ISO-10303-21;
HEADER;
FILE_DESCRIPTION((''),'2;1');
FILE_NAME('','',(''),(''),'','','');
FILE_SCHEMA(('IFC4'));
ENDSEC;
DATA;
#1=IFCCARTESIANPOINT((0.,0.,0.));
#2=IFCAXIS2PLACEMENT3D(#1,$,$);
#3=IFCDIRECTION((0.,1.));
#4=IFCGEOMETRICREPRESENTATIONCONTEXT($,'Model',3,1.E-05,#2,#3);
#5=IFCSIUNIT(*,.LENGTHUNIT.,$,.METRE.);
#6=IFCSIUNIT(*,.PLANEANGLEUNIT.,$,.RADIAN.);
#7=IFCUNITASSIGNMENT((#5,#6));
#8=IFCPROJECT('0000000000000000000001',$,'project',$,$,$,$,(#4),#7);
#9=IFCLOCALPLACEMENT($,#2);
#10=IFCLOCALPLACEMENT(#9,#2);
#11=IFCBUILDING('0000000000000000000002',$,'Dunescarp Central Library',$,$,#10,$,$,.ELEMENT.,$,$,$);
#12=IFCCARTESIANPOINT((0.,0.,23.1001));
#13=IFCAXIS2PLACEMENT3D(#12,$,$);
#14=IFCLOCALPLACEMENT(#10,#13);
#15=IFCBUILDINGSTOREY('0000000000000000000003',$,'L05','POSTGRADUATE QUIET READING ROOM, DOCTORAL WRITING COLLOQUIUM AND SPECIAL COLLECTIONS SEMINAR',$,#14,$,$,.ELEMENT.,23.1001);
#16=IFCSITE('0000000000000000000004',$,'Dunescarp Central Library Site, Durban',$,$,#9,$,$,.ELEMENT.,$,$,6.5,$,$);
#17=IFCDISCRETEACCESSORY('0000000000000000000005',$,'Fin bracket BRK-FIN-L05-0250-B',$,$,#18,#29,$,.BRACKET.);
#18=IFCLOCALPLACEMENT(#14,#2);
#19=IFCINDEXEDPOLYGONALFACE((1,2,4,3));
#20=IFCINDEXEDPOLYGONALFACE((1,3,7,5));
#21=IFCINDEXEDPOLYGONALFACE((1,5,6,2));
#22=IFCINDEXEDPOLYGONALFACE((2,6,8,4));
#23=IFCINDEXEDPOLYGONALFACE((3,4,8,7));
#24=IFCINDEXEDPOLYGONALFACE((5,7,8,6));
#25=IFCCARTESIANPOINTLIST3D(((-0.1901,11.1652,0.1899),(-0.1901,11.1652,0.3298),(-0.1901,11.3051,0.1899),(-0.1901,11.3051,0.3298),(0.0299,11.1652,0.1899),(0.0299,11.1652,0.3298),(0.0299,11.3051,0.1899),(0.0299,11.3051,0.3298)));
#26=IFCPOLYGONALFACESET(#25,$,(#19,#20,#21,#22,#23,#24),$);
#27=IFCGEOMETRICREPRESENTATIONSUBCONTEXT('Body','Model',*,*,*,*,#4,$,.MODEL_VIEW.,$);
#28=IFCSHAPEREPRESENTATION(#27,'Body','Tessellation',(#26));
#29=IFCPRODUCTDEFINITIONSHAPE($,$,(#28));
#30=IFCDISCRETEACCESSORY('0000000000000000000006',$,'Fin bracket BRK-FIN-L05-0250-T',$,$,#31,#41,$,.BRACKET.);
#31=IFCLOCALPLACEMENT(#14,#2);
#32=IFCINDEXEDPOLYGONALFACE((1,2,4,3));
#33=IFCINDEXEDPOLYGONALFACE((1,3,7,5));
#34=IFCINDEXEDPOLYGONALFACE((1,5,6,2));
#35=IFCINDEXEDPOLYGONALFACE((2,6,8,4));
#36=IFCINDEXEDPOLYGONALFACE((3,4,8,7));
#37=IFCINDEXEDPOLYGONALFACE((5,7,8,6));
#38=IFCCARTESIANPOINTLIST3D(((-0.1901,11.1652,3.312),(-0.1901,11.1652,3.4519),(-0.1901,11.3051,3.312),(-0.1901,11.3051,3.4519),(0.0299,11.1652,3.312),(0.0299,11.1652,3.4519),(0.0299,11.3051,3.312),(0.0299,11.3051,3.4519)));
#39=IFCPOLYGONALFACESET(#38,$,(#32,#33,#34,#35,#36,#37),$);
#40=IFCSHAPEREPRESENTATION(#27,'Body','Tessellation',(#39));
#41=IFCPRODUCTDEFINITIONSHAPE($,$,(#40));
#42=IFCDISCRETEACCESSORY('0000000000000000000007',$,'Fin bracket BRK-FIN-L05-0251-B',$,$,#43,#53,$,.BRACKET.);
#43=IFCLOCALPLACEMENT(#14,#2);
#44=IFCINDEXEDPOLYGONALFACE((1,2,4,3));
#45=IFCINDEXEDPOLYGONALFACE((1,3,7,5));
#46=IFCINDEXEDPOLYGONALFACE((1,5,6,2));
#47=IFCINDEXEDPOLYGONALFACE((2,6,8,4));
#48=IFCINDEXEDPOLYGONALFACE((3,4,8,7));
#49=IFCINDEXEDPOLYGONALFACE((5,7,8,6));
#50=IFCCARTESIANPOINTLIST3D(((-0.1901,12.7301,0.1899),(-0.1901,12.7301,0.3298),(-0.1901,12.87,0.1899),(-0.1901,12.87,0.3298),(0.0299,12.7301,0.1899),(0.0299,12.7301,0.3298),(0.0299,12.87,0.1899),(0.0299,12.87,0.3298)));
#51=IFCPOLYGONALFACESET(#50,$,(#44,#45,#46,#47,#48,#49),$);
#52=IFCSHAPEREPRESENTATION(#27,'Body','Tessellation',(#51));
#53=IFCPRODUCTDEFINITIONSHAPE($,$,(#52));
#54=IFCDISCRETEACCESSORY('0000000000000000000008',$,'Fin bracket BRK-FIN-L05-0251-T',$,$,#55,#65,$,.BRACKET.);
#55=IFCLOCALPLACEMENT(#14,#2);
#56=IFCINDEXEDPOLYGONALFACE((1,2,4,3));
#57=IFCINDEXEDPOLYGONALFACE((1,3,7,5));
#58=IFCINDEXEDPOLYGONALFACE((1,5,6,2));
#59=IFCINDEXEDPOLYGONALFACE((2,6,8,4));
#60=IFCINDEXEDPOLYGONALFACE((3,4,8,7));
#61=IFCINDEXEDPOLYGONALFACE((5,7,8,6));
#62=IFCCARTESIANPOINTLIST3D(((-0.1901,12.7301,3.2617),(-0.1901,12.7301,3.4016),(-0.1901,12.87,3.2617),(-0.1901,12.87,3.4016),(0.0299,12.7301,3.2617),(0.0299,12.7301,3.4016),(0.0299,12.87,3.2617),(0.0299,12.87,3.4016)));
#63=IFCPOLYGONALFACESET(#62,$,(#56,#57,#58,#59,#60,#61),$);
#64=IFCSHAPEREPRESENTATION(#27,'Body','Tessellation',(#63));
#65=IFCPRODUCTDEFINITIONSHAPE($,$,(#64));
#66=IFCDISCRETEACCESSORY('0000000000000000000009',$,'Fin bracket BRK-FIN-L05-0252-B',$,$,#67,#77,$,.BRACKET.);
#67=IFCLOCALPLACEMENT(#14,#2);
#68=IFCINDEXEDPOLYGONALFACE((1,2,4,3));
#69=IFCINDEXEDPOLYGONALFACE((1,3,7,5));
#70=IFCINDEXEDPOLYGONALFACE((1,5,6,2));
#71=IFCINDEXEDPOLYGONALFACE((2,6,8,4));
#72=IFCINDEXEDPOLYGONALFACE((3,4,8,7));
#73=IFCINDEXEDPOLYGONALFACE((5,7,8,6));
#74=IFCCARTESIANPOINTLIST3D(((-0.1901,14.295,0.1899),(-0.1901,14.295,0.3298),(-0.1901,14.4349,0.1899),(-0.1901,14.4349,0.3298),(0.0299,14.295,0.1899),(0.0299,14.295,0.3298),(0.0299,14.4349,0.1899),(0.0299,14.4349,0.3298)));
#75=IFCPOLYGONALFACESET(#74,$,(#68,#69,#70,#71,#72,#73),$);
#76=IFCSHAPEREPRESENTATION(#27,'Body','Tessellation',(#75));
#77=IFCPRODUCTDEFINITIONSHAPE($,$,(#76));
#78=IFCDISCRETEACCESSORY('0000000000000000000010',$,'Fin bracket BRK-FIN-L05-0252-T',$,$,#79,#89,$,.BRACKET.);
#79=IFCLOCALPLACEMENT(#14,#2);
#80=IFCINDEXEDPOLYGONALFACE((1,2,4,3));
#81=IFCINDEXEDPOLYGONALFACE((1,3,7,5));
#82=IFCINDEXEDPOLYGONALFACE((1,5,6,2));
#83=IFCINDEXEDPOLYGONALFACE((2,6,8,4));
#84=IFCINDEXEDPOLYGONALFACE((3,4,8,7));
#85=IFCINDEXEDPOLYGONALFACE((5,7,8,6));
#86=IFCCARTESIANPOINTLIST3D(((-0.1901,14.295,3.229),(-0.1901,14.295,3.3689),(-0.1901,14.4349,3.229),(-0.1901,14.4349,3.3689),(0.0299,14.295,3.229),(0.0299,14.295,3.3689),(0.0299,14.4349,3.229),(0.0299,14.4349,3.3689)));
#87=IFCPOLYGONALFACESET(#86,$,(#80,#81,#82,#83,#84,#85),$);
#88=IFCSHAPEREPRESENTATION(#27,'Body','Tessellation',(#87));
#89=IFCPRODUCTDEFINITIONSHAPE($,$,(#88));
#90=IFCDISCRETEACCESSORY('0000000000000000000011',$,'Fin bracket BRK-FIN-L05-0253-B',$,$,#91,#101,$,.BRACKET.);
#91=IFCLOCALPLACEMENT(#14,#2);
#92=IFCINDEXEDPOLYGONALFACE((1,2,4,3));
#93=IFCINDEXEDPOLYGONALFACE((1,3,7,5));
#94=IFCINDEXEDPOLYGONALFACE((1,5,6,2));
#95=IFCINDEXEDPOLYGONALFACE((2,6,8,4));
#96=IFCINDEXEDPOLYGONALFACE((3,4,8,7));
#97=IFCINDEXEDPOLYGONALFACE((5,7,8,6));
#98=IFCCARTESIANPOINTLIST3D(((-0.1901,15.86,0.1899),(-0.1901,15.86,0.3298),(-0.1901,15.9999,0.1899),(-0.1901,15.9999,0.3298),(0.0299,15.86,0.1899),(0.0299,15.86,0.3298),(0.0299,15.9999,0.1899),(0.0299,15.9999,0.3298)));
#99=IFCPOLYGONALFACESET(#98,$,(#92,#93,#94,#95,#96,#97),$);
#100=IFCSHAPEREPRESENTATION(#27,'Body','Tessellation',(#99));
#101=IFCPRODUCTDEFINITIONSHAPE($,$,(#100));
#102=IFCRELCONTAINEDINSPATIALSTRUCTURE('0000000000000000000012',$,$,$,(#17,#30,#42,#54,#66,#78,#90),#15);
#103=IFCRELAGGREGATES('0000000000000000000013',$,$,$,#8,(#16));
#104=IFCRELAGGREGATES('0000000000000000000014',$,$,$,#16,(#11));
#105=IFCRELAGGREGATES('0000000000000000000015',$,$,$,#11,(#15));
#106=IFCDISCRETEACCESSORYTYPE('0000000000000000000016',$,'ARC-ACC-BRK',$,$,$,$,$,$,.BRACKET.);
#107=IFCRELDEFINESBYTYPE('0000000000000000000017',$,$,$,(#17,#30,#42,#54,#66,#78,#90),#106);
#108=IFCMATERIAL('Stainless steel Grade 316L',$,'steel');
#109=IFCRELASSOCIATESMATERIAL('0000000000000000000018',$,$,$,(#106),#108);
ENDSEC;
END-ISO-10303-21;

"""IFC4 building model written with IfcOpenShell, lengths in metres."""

from ifc_helpers import new_model, si_unit, direction, frame, origin, origin_2d, place, context, subcontext, project, spatial, rectangle, extrude, material, type_object, element, save


model = new_model("IFC4")

# Units and contexts
model_context = context("Model", 3, precision=1e-05, world=origin(), true_north=direction((0.0, 1.0)))
body_context = subcontext(model_context, "Body", "Model", "MODEL_VIEW")
ifc_project = project(units=[si_unit("LENGTHUNIT", "METRE"), si_unit("PLANEANGLEUNIT", "RADIAN")], contexts=[model_context])

# Site, building, storey
site_placement = place(None, origin())
site = spatial("IfcSite", under=ifc_project, at=site_placement, Name="Dunescarp Central Library Site, Durban", CompositionType="ELEMENT", RefElevation=6.5)
building_placement = place(site_placement, origin())
building = spatial("IfcBuilding", under=site, at=building_placement, Name="Dunescarp Central Library", CompositionType="ELEMENT")
storey_placement = place(building_placement, frame((0.0, 0.0, 23.1001)))
storey = spatial("IfcBuildingStorey", under=building, at=storey_placement, Name="L05", Description="POSTGRADUATE QUIET READING ROOM, DOCTORAL WRITING COLLOQUIUM AND SPECIAL COLLECTIONS SEMINAR", CompositionType="ELEMENT", Elevation=23.1001)

# Discrete accessories
ifc_material_1 = material(Name="Stainless steel Grade 316L", Category="steel")
discrete_accessory_type = type_object("IfcDiscreteAccessoryType", Name="ARC-ACC-BRK", PredefinedType="BRACKET", material=ifc_material_1)
for number, where, z_axis, x_axis, name in (
    (1, (-0.0801, 11.2351, 0.1899), (0.0, 0.0, 1.0), (-1.0, 0.0, 0.0), "Fin bracket BRK-FIN-L05-0250-B"),
    (2, (-0.0801, 11.2351, 3.312), (0.0, 0.0, 1.0), (-1.0, 0.0, 0.0), "Fin bracket BRK-FIN-L05-0250-T"),
    (3, (-0.0801, 12.8, 0.1899), (0.0, 0.0, 1.0), (-1.0, 0.0, 0.0), "Fin bracket BRK-FIN-L05-0251-B"),
    (4, (-0.0801, 12.8, 3.2617), (0.0, 0.0, 1.0), (-1.0, 0.0, 0.0), "Fin bracket BRK-FIN-L05-0251-T"),
    (5, (-0.0801, 14.365, 0.1899), (0.0, 0.0, 1.0), (-1.0, 0.0, 0.0), "Fin bracket BRK-FIN-L05-0252-B"),
    (6, (-0.0801, 14.365, 3.229), (0.0, 0.0, 1.0), (-1.0, 0.0, 0.0), "Fin bracket BRK-FIN-L05-0252-T"),
    (7, (-0.0801, 15.9299, 0.1899), (0.0, 0.0, 1.0), (-1.0, 0.0, 0.0), "Fin bracket BRK-FIN-L05-0253-B"),
):
    element("IfcDiscreteAccessory", number, at=place(storey_placement, frame(where, z_axis=z_axis, x_axis=x_axis)), inside=storey, type_object=discrete_accessory_type, Name=name, PredefinedType="BRACKET", context=body_context, shape_type="SweptSolid", body=[
        extrude(rectangle(XDim=0.22, YDim=0.1399, at=origin_2d()), origin(), (0.0, 0.0, 1.0), 0.1399),
    ])

save(model, "model.ifc")
